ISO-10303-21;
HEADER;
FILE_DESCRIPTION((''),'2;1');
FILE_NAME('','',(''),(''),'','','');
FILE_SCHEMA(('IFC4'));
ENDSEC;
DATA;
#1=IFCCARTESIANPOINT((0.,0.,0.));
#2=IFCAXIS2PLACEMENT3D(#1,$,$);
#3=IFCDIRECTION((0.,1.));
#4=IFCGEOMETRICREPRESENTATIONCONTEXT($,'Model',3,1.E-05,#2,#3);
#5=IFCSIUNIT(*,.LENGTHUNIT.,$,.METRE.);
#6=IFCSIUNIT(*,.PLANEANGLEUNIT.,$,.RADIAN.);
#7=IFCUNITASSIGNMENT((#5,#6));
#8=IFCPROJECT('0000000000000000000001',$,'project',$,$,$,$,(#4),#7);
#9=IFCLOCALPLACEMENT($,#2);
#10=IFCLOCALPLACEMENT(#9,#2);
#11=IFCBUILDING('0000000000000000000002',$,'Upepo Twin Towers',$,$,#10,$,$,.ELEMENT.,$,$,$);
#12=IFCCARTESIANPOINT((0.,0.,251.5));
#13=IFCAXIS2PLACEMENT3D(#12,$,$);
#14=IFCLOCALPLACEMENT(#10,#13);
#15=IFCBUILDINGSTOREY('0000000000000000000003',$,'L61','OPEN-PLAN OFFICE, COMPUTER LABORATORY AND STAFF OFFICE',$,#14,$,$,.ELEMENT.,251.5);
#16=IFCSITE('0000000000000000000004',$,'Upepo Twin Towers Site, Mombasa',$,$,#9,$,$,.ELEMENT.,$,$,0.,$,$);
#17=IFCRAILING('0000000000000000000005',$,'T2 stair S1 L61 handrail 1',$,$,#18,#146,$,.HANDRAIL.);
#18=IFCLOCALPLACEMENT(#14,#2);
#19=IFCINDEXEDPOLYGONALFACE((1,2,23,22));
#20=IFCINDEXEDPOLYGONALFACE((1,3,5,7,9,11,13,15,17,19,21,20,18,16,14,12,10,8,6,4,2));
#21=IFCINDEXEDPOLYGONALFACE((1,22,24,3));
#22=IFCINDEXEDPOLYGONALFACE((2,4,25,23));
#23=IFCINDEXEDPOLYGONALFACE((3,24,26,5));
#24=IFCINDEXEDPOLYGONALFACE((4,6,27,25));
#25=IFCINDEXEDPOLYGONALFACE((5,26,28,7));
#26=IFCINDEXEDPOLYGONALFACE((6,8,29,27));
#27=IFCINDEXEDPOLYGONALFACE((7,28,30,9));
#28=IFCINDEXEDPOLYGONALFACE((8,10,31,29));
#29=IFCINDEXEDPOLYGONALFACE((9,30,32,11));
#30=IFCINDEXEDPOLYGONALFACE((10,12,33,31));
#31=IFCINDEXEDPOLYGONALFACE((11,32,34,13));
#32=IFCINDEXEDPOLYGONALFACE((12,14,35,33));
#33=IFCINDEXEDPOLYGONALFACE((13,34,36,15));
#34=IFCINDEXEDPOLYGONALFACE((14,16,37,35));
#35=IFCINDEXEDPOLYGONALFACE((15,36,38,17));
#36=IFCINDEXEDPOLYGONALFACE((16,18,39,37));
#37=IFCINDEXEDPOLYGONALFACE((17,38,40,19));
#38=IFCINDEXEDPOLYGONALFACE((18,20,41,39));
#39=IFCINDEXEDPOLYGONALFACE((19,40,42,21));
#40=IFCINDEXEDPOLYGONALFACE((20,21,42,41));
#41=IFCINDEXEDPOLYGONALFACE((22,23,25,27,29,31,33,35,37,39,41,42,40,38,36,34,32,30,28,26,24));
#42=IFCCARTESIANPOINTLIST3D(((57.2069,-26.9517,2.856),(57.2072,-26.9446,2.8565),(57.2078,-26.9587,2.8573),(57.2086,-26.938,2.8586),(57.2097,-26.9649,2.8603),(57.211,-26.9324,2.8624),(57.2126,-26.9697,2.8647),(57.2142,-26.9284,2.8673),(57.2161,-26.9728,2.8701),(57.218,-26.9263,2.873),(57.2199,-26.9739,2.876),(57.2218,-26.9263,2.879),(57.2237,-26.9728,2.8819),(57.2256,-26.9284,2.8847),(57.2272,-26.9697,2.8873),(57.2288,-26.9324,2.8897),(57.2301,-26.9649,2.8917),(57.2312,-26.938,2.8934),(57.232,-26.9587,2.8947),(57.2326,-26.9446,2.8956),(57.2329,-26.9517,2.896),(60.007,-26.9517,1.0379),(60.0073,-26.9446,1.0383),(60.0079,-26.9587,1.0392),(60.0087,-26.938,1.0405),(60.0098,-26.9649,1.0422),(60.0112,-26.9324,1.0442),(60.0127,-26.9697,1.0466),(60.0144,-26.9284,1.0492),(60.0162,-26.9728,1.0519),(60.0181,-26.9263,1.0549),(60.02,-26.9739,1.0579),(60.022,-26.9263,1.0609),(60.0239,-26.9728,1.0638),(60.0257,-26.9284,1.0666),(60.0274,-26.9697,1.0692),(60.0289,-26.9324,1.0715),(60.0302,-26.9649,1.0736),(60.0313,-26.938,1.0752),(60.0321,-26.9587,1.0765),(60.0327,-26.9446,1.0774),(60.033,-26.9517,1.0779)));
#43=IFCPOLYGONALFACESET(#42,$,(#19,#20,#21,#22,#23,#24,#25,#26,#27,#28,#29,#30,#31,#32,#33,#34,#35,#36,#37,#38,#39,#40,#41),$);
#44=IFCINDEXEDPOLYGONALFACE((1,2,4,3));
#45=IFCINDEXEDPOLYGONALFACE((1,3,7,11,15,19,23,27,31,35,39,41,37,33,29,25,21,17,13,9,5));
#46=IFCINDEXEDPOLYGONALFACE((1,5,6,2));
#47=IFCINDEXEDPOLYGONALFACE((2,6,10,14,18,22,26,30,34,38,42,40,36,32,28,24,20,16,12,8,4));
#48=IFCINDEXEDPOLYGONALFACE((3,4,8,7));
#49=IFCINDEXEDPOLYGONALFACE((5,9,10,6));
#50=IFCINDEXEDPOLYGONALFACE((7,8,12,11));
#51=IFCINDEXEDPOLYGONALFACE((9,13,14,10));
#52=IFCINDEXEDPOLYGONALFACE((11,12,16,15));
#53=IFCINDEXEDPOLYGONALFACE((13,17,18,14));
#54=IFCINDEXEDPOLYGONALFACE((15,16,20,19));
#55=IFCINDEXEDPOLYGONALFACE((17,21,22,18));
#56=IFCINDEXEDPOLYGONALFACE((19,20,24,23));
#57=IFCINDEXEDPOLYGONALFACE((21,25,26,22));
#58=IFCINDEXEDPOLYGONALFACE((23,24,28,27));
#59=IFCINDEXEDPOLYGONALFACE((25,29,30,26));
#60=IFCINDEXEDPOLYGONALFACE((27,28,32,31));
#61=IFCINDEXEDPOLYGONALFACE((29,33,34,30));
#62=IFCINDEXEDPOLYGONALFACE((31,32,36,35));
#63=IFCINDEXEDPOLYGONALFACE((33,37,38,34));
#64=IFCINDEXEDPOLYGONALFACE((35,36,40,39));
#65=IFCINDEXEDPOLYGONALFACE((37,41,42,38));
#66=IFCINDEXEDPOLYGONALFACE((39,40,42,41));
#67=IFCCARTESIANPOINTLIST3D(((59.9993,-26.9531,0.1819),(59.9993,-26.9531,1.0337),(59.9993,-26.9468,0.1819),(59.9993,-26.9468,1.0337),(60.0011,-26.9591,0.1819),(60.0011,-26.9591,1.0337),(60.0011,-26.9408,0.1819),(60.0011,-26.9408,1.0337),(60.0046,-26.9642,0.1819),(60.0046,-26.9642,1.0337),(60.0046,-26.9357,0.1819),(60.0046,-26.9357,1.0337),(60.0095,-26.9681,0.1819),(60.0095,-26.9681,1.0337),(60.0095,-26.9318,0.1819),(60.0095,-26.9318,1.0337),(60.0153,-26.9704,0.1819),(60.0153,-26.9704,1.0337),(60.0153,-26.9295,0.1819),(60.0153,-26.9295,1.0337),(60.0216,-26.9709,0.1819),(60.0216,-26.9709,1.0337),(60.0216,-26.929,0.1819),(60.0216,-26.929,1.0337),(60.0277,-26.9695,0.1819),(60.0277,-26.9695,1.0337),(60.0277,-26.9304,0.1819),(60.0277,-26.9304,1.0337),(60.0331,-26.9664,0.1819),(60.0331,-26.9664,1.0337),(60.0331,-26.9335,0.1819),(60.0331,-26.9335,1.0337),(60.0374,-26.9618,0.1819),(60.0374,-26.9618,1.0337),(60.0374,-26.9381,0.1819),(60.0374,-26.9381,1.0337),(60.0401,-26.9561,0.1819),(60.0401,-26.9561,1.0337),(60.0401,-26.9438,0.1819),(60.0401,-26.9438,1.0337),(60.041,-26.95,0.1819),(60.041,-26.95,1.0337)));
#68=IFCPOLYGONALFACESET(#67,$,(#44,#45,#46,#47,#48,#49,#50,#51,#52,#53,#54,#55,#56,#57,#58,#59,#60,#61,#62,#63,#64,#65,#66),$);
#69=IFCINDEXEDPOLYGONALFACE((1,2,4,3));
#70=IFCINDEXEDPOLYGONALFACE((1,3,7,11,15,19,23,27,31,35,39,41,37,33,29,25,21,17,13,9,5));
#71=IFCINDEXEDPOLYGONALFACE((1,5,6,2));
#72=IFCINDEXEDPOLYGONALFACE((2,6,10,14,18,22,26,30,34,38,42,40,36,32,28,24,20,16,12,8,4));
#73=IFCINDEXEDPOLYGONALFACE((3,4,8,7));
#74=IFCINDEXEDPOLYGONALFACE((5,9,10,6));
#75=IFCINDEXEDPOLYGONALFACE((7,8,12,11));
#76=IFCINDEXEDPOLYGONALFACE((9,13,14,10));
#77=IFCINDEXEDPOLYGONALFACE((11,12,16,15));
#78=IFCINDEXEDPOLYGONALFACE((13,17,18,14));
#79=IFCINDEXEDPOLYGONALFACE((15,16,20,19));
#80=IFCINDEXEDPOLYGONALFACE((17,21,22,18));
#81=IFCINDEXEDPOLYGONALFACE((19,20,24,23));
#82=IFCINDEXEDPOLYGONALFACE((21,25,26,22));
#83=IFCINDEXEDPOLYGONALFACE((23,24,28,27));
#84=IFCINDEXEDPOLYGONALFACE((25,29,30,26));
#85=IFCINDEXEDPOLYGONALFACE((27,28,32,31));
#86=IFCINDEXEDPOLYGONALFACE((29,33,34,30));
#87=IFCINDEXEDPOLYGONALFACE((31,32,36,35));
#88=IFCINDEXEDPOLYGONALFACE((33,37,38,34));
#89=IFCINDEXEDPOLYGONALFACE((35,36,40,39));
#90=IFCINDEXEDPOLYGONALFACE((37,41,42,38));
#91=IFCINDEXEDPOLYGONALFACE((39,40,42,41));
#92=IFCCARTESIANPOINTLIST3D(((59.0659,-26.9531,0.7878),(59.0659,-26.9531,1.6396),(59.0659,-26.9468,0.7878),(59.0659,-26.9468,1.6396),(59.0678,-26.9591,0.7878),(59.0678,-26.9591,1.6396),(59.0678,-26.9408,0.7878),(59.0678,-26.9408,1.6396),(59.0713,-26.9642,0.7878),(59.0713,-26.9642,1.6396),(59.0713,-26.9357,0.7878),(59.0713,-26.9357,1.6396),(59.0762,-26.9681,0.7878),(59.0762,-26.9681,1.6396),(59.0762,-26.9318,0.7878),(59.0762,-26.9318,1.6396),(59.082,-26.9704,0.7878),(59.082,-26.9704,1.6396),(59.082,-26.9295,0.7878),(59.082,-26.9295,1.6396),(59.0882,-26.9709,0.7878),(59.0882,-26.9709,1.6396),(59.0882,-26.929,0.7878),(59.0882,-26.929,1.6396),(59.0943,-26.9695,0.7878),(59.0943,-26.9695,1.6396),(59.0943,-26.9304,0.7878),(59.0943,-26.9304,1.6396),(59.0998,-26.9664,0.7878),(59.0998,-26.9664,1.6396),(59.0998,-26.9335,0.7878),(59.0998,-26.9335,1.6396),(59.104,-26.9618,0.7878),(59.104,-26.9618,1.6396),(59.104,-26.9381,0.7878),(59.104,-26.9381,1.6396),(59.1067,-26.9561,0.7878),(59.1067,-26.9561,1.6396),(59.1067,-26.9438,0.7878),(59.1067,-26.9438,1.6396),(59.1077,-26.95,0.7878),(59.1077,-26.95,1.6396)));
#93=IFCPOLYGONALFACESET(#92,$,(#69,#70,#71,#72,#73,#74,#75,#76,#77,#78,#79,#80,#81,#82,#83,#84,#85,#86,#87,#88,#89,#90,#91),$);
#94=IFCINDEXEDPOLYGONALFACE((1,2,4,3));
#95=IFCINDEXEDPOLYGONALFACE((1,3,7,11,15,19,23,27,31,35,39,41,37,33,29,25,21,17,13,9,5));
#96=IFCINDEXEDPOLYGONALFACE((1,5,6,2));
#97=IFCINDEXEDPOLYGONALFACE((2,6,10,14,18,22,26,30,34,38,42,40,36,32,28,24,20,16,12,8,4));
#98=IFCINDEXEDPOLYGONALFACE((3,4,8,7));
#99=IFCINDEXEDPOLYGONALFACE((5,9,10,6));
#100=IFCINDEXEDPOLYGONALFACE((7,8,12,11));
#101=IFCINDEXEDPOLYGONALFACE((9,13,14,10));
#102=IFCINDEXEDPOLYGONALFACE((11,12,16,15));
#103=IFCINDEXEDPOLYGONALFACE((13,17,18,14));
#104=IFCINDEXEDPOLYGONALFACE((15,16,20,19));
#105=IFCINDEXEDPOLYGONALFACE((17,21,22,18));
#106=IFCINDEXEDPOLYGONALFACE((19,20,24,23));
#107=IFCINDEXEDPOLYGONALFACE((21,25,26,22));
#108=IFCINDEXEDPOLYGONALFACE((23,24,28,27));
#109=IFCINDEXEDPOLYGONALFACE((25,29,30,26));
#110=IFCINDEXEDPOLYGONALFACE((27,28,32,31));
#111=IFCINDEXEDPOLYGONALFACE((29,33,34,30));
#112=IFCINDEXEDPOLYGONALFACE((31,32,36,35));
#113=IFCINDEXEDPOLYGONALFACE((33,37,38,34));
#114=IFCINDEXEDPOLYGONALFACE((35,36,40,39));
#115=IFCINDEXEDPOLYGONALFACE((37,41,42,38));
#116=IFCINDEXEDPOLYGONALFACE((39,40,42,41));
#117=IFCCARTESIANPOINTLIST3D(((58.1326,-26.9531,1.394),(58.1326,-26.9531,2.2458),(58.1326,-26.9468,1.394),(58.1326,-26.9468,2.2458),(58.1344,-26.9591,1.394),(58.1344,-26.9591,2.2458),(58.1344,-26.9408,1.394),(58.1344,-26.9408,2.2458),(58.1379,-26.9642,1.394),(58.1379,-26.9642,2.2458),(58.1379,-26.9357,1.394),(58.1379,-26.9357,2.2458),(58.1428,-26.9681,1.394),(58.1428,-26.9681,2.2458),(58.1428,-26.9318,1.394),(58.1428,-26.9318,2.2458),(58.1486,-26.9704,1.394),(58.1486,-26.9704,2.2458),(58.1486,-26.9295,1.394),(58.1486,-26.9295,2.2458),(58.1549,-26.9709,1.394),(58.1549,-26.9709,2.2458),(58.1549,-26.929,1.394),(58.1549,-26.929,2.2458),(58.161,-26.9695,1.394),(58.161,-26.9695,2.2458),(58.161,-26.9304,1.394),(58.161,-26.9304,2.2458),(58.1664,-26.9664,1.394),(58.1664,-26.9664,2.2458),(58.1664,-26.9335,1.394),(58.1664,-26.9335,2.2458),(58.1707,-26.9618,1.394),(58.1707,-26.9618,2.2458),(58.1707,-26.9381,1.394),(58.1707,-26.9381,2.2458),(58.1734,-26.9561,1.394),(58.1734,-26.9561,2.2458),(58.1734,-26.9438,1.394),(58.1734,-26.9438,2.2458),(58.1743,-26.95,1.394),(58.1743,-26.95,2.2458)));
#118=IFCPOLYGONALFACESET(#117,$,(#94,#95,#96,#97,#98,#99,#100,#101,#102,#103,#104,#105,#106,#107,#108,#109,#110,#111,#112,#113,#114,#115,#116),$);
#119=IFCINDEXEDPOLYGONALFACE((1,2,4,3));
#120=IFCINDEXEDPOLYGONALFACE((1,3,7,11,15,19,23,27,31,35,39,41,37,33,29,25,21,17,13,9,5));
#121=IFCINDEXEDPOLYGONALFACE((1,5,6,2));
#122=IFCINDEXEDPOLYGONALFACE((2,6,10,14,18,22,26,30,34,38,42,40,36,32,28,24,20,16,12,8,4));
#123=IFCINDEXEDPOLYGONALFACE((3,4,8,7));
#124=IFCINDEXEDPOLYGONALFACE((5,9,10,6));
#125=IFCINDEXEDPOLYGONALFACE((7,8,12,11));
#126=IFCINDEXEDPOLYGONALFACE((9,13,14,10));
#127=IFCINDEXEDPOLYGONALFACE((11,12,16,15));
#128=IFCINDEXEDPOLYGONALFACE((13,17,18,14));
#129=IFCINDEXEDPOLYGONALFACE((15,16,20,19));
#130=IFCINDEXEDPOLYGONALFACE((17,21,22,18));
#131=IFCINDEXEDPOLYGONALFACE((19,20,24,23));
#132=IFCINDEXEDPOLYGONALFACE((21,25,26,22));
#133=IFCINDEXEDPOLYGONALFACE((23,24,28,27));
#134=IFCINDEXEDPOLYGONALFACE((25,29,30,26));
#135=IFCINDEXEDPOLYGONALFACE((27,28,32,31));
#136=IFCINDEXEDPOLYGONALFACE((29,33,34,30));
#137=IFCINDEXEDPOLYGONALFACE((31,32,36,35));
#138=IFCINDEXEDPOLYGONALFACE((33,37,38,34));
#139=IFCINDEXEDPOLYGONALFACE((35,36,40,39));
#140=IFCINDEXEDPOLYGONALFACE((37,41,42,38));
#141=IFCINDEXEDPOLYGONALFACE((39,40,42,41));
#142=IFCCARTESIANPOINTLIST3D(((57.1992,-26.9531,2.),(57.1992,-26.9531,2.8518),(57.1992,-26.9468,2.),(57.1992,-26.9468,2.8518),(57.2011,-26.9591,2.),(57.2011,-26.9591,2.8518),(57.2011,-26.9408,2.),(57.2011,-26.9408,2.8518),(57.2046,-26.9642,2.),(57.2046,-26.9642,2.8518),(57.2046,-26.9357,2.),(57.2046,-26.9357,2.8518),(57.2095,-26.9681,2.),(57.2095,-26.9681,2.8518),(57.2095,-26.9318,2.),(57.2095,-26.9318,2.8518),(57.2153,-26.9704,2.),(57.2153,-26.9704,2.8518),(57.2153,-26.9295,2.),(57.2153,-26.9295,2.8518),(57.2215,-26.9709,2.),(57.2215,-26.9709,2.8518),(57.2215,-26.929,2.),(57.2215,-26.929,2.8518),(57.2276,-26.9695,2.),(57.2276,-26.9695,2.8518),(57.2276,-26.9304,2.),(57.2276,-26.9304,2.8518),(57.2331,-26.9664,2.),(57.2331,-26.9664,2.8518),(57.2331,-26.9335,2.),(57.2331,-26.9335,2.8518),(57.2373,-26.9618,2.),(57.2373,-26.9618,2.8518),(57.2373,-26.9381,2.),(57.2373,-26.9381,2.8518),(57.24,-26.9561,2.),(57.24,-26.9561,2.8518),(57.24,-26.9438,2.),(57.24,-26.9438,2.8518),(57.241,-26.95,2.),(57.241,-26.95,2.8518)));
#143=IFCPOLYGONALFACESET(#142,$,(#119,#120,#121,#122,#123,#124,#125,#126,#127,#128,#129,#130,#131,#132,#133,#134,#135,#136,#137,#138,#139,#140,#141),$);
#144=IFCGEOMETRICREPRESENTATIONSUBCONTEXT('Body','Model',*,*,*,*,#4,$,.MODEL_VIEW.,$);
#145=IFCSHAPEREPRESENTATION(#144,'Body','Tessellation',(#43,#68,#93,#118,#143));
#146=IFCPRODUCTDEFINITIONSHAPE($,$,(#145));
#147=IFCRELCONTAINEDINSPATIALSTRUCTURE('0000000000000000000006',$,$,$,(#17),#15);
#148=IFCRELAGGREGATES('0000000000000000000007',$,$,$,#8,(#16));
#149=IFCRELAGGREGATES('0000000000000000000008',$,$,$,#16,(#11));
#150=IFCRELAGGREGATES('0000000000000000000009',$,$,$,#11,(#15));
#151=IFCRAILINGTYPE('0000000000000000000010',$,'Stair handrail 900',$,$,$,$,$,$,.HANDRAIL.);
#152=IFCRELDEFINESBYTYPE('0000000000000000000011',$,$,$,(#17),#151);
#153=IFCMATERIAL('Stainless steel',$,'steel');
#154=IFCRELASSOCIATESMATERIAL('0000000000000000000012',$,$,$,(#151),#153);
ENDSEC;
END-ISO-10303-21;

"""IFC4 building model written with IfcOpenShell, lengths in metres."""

from ifc_helpers import new_model, si_unit, direction, frame, origin, origin_2d, place, context, subcontext, project, spatial, circle, extrude, material, type_object, element, save


model = new_model("IFC4")

# Units and contexts
model_context = context("Model", 3, precision=1e-05, world=origin(), true_north=direction((0.0, 1.0)))
body_context = subcontext(model_context, "Body", "Model", "MODEL_VIEW")
ifc_project = project(units=[si_unit("LENGTHUNIT", "METRE"), si_unit("PLANEANGLEUNIT", "RADIAN")], contexts=[model_context])

# Site, building, storey
site_placement = place(None, origin())
site = spatial("IfcSite", under=ifc_project, at=site_placement, Name="Upepo Twin Towers Site, Mombasa", CompositionType="ELEMENT", RefElevation=0.0)
building_placement = place(site_placement, origin())
building = spatial("IfcBuilding", under=site, at=building_placement, Name="Upepo Twin Towers", CompositionType="ELEMENT")
storey_placement = place(building_placement, frame((0.0, 0.0, 251.5)))
storey = spatial("IfcBuildingStorey", under=building, at=storey_placement, Name="L61", Description="OPEN-PLAN OFFICE, COMPUTER LABORATORY AND STAFF OFFICE", CompositionType="ELEMENT", Elevation=251.5)

# Railing
ifc_material_1 = material(Name="Stainless steel", Category="steel")
railing_type = type_object("IfcRailingType", Name="Stair handrail 900", PredefinedType="HANDRAIL", material=ifc_material_1)
railing_1_placement = place(storey_placement, frame((60.02, -26.95, 0.1819)))
element("IfcRailing", 1, at=railing_1_placement, inside=storey, type_object=railing_type, Name="T2 stair S1 L61 handrail 1", PredefinedType="HANDRAIL", context=body_context, shape_type="SweptSolid", body=[
    extrude(circle(Radius=0.0239, at=origin_2d()), frame((0.0, 0.0, 0.876), z_axis=(-0.838706, 0.0, 0.544585), x_axis=(0.0, -1.0, 0.0)), (0.0, 0.0, 1.0), 3.3386),
    extrude(circle(Radius=0.021, at=origin_2d()), origin(), (0.0, 0.0, 1.0), 0.8518),
    extrude(circle(Radius=0.021, at=origin_2d()), frame((-0.9333, 0.0, 0.606)), (0.0, 0.0, 1.0), 0.8518),
    extrude(circle(Radius=0.021, at=origin_2d()), frame((-1.8667, 0.0, 1.2122)), (0.0, 0.0, 1.0), 0.8518),
    extrude(circle(Radius=0.021, at=origin_2d()), frame((-2.8, 0.0, 1.8181)), (0.0, 0.0, 1.0), 0.8518),
])

save(model, "model.ifc")
